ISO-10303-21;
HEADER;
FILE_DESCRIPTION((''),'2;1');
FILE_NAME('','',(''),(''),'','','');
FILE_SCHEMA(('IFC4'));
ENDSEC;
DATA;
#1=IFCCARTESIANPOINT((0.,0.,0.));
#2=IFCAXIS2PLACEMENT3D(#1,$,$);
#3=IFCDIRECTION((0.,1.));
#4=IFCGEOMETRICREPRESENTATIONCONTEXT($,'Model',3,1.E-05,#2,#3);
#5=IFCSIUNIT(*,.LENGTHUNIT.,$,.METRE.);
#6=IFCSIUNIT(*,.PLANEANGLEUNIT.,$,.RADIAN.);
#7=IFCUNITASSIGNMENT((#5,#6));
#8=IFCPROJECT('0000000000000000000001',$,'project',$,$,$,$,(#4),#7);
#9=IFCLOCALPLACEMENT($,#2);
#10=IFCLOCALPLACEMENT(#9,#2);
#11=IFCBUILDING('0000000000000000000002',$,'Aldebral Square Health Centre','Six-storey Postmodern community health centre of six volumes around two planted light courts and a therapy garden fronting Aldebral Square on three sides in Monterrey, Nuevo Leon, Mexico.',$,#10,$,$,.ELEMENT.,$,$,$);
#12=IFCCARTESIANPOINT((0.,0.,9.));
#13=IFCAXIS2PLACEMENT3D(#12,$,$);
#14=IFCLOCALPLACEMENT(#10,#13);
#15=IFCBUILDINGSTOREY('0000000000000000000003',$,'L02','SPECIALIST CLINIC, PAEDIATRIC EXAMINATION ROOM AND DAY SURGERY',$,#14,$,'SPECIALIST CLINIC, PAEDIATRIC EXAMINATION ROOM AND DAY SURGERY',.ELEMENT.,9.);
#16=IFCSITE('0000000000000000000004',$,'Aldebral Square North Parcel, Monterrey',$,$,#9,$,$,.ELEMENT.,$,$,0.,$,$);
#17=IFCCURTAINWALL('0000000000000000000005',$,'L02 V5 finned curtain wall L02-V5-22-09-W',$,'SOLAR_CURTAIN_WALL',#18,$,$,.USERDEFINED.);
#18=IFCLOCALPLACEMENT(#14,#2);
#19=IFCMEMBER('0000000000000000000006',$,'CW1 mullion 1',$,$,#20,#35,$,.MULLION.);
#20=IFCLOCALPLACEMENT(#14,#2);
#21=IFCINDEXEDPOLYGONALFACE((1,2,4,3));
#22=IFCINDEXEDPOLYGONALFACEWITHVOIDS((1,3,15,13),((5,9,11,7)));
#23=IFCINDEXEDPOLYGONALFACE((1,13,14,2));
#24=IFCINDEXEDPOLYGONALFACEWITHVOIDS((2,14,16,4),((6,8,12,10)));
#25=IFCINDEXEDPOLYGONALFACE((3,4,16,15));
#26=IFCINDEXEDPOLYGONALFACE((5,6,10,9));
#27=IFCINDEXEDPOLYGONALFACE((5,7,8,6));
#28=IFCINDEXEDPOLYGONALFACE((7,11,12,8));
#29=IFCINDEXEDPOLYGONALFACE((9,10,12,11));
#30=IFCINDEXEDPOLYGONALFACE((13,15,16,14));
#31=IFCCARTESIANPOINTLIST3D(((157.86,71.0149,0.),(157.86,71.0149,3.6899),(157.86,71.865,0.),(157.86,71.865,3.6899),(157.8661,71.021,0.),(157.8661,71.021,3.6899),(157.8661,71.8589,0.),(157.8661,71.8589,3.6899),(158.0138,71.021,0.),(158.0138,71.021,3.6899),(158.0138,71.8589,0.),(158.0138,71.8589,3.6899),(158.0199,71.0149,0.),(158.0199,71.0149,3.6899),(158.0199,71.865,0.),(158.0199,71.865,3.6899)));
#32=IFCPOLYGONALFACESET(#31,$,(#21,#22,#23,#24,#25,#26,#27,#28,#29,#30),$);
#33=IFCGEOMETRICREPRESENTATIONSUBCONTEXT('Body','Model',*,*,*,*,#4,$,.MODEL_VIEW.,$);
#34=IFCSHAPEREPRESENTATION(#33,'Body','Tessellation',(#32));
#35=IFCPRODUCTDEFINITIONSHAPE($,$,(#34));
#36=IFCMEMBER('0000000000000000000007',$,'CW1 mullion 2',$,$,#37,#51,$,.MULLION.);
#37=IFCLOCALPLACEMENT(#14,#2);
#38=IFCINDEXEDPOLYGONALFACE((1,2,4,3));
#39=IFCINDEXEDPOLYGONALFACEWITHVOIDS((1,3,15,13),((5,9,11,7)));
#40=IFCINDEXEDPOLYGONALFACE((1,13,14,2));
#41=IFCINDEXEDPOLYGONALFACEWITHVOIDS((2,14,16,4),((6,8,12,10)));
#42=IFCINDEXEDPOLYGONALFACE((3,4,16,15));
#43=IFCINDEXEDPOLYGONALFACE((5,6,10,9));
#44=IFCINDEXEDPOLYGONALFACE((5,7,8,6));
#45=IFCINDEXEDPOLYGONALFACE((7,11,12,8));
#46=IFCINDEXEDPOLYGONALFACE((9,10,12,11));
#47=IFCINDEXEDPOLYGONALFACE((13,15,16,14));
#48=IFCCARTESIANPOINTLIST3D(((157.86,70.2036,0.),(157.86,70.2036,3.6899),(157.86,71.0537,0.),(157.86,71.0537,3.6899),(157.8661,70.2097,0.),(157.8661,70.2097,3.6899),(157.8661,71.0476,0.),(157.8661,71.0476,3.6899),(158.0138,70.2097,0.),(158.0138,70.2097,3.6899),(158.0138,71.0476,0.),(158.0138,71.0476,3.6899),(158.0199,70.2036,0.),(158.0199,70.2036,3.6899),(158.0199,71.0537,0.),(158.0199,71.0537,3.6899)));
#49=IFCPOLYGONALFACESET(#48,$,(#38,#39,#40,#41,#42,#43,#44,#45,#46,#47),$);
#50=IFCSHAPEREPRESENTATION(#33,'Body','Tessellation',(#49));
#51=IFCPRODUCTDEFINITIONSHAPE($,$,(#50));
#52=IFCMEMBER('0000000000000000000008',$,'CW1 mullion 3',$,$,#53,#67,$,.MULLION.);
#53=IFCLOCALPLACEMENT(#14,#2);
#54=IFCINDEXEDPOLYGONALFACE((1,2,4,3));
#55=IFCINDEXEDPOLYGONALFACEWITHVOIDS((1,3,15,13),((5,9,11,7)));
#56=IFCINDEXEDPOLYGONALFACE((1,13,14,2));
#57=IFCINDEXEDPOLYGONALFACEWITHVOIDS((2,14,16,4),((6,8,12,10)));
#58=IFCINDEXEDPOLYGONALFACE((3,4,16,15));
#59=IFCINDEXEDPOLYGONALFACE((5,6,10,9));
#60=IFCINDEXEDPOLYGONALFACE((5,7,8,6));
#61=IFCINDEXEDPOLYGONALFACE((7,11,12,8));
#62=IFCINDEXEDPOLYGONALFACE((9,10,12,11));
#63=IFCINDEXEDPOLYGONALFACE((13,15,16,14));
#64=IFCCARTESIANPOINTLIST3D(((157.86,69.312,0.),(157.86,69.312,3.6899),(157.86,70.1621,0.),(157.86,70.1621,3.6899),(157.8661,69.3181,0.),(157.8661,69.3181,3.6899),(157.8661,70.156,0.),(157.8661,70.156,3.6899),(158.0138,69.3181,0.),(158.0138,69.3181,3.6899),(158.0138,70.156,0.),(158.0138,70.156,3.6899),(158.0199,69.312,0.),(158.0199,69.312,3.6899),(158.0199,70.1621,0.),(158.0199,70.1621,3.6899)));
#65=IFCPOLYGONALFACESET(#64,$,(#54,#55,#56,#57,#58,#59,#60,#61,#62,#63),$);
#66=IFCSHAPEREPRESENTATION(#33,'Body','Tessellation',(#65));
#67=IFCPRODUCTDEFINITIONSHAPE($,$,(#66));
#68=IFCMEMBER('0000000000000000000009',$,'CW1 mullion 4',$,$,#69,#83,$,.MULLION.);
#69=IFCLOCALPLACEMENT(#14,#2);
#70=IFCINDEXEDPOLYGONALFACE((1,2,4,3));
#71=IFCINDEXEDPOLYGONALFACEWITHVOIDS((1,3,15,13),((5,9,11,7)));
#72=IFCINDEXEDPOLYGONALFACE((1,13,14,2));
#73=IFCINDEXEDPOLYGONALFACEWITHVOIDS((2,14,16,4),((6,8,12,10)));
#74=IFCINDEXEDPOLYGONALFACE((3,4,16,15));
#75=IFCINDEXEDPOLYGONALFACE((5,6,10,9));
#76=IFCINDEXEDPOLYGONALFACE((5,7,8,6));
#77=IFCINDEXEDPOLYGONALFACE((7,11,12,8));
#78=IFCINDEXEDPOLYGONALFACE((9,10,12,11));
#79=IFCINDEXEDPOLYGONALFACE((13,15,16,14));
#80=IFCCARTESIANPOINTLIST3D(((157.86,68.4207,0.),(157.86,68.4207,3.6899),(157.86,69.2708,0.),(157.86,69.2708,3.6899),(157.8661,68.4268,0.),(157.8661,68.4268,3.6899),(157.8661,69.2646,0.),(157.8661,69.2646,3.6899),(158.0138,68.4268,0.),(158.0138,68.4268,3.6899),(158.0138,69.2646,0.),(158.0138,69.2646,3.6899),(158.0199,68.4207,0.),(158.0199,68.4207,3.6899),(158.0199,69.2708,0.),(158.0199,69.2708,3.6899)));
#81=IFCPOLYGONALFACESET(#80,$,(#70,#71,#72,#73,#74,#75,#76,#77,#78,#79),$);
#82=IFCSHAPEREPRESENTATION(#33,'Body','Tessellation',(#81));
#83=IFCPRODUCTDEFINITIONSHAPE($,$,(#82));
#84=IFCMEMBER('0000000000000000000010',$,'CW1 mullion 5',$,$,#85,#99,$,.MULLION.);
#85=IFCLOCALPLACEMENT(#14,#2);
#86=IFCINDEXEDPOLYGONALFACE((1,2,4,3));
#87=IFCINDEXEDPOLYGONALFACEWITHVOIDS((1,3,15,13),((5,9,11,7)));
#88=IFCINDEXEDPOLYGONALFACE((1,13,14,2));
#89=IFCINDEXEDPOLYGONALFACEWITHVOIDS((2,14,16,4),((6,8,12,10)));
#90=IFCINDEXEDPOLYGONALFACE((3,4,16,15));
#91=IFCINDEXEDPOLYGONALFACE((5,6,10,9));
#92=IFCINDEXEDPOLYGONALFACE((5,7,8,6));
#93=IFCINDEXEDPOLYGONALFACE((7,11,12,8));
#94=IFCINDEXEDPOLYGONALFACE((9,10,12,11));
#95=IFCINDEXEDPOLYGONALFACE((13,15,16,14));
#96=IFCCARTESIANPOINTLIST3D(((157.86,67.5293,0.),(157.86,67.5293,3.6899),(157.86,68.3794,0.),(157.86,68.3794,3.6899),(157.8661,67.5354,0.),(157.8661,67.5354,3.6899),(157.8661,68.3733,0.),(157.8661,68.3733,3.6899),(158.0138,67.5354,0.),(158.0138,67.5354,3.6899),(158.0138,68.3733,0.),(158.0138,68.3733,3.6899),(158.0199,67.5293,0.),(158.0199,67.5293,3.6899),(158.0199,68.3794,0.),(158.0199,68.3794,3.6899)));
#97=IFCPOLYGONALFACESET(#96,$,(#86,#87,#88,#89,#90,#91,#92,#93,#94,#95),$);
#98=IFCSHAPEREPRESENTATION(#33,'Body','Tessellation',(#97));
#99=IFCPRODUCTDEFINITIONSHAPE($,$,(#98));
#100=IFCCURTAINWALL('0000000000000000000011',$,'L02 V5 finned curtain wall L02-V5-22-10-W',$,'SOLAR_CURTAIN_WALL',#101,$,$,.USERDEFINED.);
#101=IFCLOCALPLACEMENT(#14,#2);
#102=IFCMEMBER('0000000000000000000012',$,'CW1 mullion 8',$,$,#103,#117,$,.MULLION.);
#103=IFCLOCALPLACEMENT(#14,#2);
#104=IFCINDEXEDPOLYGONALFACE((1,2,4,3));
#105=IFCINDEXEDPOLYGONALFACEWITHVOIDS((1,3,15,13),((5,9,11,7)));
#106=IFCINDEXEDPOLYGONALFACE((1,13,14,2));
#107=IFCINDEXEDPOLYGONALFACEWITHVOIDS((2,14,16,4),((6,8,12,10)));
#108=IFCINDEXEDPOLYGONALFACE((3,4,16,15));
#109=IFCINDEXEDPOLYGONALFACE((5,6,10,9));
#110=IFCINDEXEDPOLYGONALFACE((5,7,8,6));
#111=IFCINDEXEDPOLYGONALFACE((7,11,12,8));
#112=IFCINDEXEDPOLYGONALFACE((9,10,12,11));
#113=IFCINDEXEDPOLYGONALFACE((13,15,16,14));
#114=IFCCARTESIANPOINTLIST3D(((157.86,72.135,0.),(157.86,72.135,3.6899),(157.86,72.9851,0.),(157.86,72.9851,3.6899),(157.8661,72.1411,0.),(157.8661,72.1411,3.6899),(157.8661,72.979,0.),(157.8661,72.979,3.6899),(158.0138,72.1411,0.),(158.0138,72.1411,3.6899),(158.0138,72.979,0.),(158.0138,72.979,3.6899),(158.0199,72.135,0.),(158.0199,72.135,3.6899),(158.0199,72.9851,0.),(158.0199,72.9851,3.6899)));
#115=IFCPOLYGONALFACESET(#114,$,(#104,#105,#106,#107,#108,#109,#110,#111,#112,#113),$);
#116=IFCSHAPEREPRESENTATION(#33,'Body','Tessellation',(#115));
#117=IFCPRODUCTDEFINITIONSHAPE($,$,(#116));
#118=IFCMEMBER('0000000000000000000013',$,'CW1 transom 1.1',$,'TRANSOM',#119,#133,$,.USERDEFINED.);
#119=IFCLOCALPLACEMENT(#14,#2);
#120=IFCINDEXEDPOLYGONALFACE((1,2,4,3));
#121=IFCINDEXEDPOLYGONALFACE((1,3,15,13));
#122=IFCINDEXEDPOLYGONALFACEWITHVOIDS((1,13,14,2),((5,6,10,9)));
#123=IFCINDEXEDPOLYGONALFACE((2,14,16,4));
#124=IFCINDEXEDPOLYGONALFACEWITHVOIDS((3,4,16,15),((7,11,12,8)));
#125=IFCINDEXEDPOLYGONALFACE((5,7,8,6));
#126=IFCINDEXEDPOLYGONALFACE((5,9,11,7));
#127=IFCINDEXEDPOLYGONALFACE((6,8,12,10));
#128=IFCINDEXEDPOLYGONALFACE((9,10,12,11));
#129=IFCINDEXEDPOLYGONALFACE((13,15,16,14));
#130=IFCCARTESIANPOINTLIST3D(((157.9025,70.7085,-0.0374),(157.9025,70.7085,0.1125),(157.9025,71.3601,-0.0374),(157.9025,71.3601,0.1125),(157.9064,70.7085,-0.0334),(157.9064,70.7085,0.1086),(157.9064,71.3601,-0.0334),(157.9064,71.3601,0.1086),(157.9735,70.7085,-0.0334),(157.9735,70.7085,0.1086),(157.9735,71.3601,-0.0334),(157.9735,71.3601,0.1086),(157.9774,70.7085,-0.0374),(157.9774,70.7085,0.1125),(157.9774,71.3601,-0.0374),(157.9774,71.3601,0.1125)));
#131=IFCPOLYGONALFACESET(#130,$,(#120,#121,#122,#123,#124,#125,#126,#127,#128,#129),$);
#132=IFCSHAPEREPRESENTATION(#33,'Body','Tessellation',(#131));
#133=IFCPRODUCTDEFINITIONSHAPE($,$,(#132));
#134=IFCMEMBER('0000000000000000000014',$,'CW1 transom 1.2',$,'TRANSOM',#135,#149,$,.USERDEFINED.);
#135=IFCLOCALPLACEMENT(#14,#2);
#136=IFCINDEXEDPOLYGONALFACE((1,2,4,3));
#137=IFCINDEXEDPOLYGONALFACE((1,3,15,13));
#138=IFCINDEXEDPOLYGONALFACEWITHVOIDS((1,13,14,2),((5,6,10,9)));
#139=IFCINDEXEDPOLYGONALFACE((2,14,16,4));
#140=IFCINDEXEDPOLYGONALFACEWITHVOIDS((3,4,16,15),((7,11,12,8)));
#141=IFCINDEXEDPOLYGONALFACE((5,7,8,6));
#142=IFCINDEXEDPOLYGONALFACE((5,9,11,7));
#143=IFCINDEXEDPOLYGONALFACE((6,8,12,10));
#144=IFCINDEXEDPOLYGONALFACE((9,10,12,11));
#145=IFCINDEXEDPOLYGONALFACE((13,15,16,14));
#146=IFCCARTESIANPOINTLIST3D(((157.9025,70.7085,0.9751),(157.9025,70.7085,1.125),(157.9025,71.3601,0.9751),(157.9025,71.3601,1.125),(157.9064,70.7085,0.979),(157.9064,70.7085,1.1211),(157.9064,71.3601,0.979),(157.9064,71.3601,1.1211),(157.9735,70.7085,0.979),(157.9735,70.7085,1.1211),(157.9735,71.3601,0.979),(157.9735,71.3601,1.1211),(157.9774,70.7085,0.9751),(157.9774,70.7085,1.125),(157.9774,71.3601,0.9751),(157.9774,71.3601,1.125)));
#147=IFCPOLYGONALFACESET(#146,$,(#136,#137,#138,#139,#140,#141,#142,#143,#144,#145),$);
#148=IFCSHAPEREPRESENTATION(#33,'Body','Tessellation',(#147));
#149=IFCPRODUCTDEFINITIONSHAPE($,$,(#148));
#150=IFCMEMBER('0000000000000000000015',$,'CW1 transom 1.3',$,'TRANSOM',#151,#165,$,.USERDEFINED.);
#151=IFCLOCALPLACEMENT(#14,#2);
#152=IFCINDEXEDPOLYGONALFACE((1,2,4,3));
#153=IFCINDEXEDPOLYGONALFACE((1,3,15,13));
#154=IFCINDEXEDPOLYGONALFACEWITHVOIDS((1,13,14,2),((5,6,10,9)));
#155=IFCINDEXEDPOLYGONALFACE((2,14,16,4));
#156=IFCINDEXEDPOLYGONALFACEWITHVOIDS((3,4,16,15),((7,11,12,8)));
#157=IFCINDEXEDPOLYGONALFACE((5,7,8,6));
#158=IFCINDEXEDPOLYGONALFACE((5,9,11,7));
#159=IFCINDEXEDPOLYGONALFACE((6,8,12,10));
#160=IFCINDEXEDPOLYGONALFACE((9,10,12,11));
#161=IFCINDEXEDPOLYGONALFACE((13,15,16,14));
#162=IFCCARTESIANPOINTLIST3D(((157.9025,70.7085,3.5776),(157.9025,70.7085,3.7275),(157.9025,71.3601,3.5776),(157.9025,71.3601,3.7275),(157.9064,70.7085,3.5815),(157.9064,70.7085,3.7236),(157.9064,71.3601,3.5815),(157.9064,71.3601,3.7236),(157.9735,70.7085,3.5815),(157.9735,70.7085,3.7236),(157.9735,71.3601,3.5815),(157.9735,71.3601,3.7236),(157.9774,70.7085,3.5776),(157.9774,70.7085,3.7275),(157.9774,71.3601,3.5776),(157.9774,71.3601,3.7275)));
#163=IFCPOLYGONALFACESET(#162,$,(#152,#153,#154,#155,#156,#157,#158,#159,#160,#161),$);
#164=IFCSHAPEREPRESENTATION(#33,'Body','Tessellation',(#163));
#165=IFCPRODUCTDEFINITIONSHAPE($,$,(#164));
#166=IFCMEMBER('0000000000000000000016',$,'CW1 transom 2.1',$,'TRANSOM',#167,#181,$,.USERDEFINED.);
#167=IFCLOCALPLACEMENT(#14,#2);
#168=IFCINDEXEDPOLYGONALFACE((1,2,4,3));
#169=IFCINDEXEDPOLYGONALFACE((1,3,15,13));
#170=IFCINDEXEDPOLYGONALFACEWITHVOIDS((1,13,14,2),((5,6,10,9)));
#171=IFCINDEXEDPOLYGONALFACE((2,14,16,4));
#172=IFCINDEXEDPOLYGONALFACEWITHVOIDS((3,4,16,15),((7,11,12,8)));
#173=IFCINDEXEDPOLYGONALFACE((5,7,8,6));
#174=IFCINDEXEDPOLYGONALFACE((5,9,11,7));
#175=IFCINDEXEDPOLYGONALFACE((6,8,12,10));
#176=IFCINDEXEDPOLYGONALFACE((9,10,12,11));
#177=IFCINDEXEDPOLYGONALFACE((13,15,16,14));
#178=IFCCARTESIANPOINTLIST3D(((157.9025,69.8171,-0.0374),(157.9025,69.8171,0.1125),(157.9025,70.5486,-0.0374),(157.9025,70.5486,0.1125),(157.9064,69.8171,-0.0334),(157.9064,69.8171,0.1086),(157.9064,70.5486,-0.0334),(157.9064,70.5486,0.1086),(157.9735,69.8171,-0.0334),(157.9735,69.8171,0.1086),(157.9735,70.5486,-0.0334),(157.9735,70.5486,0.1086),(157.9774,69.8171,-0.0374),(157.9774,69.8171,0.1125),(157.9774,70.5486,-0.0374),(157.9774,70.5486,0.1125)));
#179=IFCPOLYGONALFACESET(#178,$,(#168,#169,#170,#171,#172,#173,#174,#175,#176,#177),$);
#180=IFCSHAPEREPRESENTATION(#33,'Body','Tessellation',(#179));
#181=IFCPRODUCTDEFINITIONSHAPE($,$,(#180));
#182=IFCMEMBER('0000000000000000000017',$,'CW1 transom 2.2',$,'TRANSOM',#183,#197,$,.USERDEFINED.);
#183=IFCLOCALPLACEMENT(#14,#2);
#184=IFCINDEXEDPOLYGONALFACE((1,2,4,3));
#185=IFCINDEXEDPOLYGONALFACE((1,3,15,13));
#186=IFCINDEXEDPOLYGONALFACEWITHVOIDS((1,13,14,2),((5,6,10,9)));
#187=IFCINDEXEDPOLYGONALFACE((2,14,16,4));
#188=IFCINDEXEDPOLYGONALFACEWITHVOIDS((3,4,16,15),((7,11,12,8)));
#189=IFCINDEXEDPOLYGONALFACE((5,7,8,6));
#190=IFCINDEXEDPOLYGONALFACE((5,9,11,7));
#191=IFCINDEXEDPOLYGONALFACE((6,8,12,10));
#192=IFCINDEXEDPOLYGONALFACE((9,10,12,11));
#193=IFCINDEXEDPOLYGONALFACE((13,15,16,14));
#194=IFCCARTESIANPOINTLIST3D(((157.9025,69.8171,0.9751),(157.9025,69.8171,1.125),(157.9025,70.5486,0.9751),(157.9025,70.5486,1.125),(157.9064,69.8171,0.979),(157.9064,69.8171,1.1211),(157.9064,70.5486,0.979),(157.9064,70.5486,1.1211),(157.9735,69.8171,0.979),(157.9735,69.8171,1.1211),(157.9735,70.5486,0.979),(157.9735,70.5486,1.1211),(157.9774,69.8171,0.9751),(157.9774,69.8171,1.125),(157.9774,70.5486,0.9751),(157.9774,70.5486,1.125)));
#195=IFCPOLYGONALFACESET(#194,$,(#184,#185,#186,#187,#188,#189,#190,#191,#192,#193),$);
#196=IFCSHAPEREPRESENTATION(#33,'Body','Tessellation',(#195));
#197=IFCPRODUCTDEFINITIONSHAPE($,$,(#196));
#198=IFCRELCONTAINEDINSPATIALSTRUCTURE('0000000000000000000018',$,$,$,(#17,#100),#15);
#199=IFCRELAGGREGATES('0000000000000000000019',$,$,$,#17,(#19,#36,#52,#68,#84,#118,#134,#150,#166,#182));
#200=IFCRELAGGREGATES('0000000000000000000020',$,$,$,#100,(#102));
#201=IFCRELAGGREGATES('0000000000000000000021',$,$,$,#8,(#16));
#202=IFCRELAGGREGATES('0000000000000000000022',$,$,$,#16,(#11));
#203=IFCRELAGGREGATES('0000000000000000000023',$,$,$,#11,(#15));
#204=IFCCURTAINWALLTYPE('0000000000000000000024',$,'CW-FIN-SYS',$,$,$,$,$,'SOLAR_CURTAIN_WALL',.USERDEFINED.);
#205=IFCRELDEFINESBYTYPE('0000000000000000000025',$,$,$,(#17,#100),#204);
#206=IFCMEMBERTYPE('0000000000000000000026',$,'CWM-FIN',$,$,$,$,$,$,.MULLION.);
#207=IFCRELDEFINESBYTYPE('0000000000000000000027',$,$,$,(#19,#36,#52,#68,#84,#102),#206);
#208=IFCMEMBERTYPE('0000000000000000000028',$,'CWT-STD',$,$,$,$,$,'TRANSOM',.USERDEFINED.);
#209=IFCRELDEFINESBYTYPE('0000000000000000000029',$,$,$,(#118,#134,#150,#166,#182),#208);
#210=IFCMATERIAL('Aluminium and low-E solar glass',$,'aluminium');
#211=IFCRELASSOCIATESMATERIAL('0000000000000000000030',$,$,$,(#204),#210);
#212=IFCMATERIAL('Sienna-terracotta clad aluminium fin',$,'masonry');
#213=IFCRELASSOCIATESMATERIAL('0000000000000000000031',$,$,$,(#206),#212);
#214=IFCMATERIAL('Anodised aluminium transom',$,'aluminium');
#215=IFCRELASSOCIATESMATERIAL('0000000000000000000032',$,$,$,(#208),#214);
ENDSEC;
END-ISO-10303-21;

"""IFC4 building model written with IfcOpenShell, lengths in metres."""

from ifc_helpers import new_model, si_unit, direction, frame, origin, origin_2d, place, context, subcontext, project, spatial, hollow_rectangle, extrude, material, material_profile, profile_set, type_object, element, aggregate, save


model = new_model("IFC4")

# Units and contexts
model_context = context("Model", 3, precision=1e-05, world=origin(), true_north=direction((0.0, 1.0)))
body_context = subcontext(model_context, "Body", "Model", "MODEL_VIEW")
ifc_project = project(units=[si_unit("LENGTHUNIT", "METRE"), si_unit("PLANEANGLEUNIT", "RADIAN")], contexts=[model_context])

# Site, building, storey
site_placement = place(None, origin())
site = spatial("IfcSite", under=ifc_project, at=site_placement, Name="Aldebral Square North Parcel, Monterrey", CompositionType="ELEMENT", RefElevation=0.0)
building_placement = place(site_placement, origin())
building = spatial("IfcBuilding", under=site, at=building_placement, Name="Aldebral Square Health Centre", Description="Six-storey Postmodern community health centre of six volumes around two planted light courts and a therapy garden fronting Aldebral Square on three sides in Monterrey, Nuevo Leon, Mexico.", CompositionType="ELEMENT")
storey_placement = place(building_placement, frame((0.0, 0.0, 9.0)))
storey = spatial("IfcBuildingStorey", under=building, at=storey_placement, Name="L02", Description="SPECIALIST CLINIC, PAEDIATRIC EXAMINATION ROOM AND DAY SURGERY", LongName="SPECIALIST CLINIC, PAEDIATRIC EXAMINATION ROOM AND DAY SURGERY", CompositionType="ELEMENT", Elevation=9.0)

# Curtain wall, members
ifc_material_1 = material(Name="Aluminium and low-E solar glass", Category="aluminium")
curtain_wall_type = type_object("IfcCurtainWallType", Name="CW-FIN-SYS", ElementType="SOLAR_CURTAIN_WALL", PredefinedType="USERDEFINED", material=ifc_material_1)
curtain_wall_1_placement = place(storey_placement, origin())
curtain_wall_1 = element("IfcCurtainWall", 1, at=curtain_wall_1_placement, inside=storey, type_object=curtain_wall_type, Name="L02 V5 finned curtain wall L02-V5-22-09-W", ObjectType="SOLAR_CURTAIN_WALL", PredefinedType="USERDEFINED")
ifc_material_2 = material(Name="Sienna-terracotta clad aluminium fin", Category="masonry")
ifc_material_profile_1 = material_profile(ifc_material_2, hollow_rectangle(XDim=0.1599, YDim=0.8501, WallThickness=0.0061, at=origin_2d()), Name="FIN 160x850x6")
ifc_profile_set_1 = profile_set([ifc_material_profile_1], Name="Sienna-terracotta clad aluminium fin")
member_type_1 = type_object("IfcMemberType", Name="CWM-FIN", PredefinedType="MULLION", material=ifc_profile_set_1)
member_1_placement = place(storey_placement, frame((157.9399, 71.4399, 0.0), z_axis=(0.0, 0.0, 1.0), x_axis=(1.0, 0.0, 0.0)))
member_1 = element("IfcMember", 2, at=member_1_placement, type_object=member_type_1, Name="CW1 mullion 1", PredefinedType="MULLION", context=body_context, shape_type="SweptSolid", body=[
    extrude(hollow_rectangle(XDim=0.1599, YDim=0.8501, WallThickness=0.0061, at=origin_2d()), origin(), (0.0, 0.0, 1.0), 3.6899),
])
member_2_placement = place(storey_placement, frame((157.9399, 70.6287, 0.0), z_axis=(0.0, 0.0, 1.0), x_axis=(1.0, 0.0, 0.0)))
member_2 = element("IfcMember", 3, at=member_2_placement, type_object=member_type_1, Name="CW1 mullion 2", PredefinedType="MULLION", context=body_context, shape_type="SweptSolid", body=[
    extrude(hollow_rectangle(XDim=0.1599, YDim=0.8501, WallThickness=0.0061, at=origin_2d()), origin(), (0.0, 0.0, 1.0), 3.6899),
])
member_3_placement = place(storey_placement, frame((157.9399, 69.7371, 0.0), z_axis=(0.0, 0.0, 1.0), x_axis=(1.0, 0.0, 0.0)))
member_3 = element("IfcMember", 4, at=member_3_placement, type_object=member_type_1, Name="CW1 mullion 3", PredefinedType="MULLION", context=body_context, shape_type="SweptSolid", body=[
    extrude(hollow_rectangle(XDim=0.1599, YDim=0.8501, WallThickness=0.0061, at=origin_2d()), origin(), (0.0, 0.0, 1.0), 3.6899),
])
member_4_placement = place(storey_placement, frame((157.9399, 68.8457, 0.0), z_axis=(0.0, 0.0, 1.0), x_axis=(1.0, 0.0, 0.0)))
member_4 = element("IfcMember", 5, at=member_4_placement, type_object=member_type_1, Name="CW1 mullion 4", PredefinedType="MULLION", context=body_context, shape_type="SweptSolid", body=[
    extrude(hollow_rectangle(XDim=0.1599, YDim=0.8501, WallThickness=0.0061, at=origin_2d()), origin(), (0.0, 0.0, 1.0), 3.6899),
])
member_5_placement = place(storey_placement, frame((157.9399, 67.9543, 0.0), z_axis=(0.0, 0.0, 1.0), x_axis=(1.0, 0.0, 0.0)))
member_5 = element("IfcMember", 6, at=member_5_placement, type_object=member_type_1, Name="CW1 mullion 5", PredefinedType="MULLION", context=body_context, shape_type="SweptSolid", body=[
    extrude(hollow_rectangle(XDim=0.1599, YDim=0.8501, WallThickness=0.0061, at=origin_2d()), origin(), (0.0, 0.0, 1.0), 3.6899),
])

# Curtain wall, member
curtain_wall_2_placement = place(storey_placement, origin())
curtain_wall_2 = element("IfcCurtainWall", 7, at=curtain_wall_2_placement, inside=storey, type_object=curtain_wall_type, Name="L02 V5 finned curtain wall L02-V5-22-10-W", ObjectType="SOLAR_CURTAIN_WALL", PredefinedType="USERDEFINED")
member_6_placement = place(storey_placement, frame((157.9399, 72.5601, 0.0), z_axis=(0.0, 0.0, 1.0), x_axis=(1.0, 0.0, 0.0)))
member_6 = element("IfcMember", 8, at=member_6_placement, type_object=member_type_1, Name="CW1 mullion 8", PredefinedType="MULLION", context=body_context, shape_type="SweptSolid", body=[
    extrude(hollow_rectangle(XDim=0.1599, YDim=0.8501, WallThickness=0.0061, at=origin_2d()), origin(), (0.0, 0.0, 1.0), 3.6899),
])

# Members
ifc_material_3 = material(Name="Anodised aluminium transom", Category="aluminium")
ifc_material_profile_2 = material_profile(ifc_material_3, hollow_rectangle(XDim=0.075, YDim=0.1499, WallThickness=0.0039, at=origin_2d()), Name="CWT 75x150x4")
ifc_profile_set_2 = profile_set([ifc_material_profile_2], Name="Anodised aluminium transom")
member_type_2 = type_object("IfcMemberType", Name="CWT-STD", ElementType="TRANSOM", PredefinedType="USERDEFINED", material=ifc_profile_set_2)
member_7_placement = place(storey_placement, frame((157.9399, 71.3601, 0.0376), z_axis=(0.0, -1.0, 0.0), x_axis=(1.0, 0.0, 0.0)))
member_7 = element("IfcMember", 9, at=member_7_placement, type_object=member_type_2, Name="CW1 transom 1.1", ObjectType="TRANSOM", PredefinedType="USERDEFINED", context=body_context, shape_type="SweptSolid", body=[
    extrude(hollow_rectangle(XDim=0.075, YDim=0.1499, WallThickness=0.0039, at=origin_2d()), origin(), (0.0, 0.0, 1.0), 0.6516),
])
member_8_placement = place(storey_placement, frame((157.9399, 71.3601, 1.05), z_axis=(0.0, -1.0, 0.0), x_axis=(1.0, 0.0, 0.0)))
member_8 = element("IfcMember", 10, at=member_8_placement, type_object=member_type_2, Name="CW1 transom 1.2", ObjectType="TRANSOM", PredefinedType="USERDEFINED", context=body_context, shape_type="SweptSolid", body=[
    extrude(hollow_rectangle(XDim=0.075, YDim=0.1499, WallThickness=0.0039, at=origin_2d()), origin(), (0.0, 0.0, 1.0), 0.6516),
])
member_9_placement = place(storey_placement, frame((157.9399, 71.3601, 3.6526), z_axis=(0.0, -1.0, 0.0), x_axis=(1.0, 0.0, 0.0)))
member_9 = element("IfcMember", 11, at=member_9_placement, type_object=member_type_2, Name="CW1 transom 1.3", ObjectType="TRANSOM", PredefinedType="USERDEFINED", context=body_context, shape_type="SweptSolid", body=[
    extrude(hollow_rectangle(XDim=0.075, YDim=0.1499, WallThickness=0.0039, at=origin_2d()), origin(), (0.0, 0.0, 1.0), 0.6516),
])
member_10_placement = place(storey_placement, frame((157.9399, 70.5486, 0.0376), z_axis=(0.0, -1.0, 0.0), x_axis=(1.0, 0.0, 0.0)))
member_10 = element("IfcMember", 12, at=member_10_placement, type_object=member_type_2, Name="CW1 transom 2.1", ObjectType="TRANSOM", PredefinedType="USERDEFINED", context=body_context, shape_type="SweptSolid", body=[
    extrude(hollow_rectangle(XDim=0.075, YDim=0.1499, WallThickness=0.0039, at=origin_2d()), origin(), (0.0, 0.0, 1.0), 0.7314),
])
member_11_placement = place(storey_placement, frame((157.9399, 70.5486, 1.05), z_axis=(0.0, -1.0, 0.0), x_axis=(1.0, 0.0, 0.0)))
member_11 = element("IfcMember", 13, at=member_11_placement, type_object=member_type_2, Name="CW1 transom 2.2", ObjectType="TRANSOM", PredefinedType="USERDEFINED", context=body_context, shape_type="SweptSolid", body=[
    extrude(hollow_rectangle(XDim=0.075, YDim=0.1499, WallThickness=0.0039, at=origin_2d()), origin(), (0.0, 0.0, 1.0), 0.7314),
])

aggregate(curtain_wall_1, [member_1, member_2, member_3, member_4, member_5, member_7, member_8, member_9, member_10, member_11])
aggregate(curtain_wall_2, [member_6])

save(model, "model.ifc")
